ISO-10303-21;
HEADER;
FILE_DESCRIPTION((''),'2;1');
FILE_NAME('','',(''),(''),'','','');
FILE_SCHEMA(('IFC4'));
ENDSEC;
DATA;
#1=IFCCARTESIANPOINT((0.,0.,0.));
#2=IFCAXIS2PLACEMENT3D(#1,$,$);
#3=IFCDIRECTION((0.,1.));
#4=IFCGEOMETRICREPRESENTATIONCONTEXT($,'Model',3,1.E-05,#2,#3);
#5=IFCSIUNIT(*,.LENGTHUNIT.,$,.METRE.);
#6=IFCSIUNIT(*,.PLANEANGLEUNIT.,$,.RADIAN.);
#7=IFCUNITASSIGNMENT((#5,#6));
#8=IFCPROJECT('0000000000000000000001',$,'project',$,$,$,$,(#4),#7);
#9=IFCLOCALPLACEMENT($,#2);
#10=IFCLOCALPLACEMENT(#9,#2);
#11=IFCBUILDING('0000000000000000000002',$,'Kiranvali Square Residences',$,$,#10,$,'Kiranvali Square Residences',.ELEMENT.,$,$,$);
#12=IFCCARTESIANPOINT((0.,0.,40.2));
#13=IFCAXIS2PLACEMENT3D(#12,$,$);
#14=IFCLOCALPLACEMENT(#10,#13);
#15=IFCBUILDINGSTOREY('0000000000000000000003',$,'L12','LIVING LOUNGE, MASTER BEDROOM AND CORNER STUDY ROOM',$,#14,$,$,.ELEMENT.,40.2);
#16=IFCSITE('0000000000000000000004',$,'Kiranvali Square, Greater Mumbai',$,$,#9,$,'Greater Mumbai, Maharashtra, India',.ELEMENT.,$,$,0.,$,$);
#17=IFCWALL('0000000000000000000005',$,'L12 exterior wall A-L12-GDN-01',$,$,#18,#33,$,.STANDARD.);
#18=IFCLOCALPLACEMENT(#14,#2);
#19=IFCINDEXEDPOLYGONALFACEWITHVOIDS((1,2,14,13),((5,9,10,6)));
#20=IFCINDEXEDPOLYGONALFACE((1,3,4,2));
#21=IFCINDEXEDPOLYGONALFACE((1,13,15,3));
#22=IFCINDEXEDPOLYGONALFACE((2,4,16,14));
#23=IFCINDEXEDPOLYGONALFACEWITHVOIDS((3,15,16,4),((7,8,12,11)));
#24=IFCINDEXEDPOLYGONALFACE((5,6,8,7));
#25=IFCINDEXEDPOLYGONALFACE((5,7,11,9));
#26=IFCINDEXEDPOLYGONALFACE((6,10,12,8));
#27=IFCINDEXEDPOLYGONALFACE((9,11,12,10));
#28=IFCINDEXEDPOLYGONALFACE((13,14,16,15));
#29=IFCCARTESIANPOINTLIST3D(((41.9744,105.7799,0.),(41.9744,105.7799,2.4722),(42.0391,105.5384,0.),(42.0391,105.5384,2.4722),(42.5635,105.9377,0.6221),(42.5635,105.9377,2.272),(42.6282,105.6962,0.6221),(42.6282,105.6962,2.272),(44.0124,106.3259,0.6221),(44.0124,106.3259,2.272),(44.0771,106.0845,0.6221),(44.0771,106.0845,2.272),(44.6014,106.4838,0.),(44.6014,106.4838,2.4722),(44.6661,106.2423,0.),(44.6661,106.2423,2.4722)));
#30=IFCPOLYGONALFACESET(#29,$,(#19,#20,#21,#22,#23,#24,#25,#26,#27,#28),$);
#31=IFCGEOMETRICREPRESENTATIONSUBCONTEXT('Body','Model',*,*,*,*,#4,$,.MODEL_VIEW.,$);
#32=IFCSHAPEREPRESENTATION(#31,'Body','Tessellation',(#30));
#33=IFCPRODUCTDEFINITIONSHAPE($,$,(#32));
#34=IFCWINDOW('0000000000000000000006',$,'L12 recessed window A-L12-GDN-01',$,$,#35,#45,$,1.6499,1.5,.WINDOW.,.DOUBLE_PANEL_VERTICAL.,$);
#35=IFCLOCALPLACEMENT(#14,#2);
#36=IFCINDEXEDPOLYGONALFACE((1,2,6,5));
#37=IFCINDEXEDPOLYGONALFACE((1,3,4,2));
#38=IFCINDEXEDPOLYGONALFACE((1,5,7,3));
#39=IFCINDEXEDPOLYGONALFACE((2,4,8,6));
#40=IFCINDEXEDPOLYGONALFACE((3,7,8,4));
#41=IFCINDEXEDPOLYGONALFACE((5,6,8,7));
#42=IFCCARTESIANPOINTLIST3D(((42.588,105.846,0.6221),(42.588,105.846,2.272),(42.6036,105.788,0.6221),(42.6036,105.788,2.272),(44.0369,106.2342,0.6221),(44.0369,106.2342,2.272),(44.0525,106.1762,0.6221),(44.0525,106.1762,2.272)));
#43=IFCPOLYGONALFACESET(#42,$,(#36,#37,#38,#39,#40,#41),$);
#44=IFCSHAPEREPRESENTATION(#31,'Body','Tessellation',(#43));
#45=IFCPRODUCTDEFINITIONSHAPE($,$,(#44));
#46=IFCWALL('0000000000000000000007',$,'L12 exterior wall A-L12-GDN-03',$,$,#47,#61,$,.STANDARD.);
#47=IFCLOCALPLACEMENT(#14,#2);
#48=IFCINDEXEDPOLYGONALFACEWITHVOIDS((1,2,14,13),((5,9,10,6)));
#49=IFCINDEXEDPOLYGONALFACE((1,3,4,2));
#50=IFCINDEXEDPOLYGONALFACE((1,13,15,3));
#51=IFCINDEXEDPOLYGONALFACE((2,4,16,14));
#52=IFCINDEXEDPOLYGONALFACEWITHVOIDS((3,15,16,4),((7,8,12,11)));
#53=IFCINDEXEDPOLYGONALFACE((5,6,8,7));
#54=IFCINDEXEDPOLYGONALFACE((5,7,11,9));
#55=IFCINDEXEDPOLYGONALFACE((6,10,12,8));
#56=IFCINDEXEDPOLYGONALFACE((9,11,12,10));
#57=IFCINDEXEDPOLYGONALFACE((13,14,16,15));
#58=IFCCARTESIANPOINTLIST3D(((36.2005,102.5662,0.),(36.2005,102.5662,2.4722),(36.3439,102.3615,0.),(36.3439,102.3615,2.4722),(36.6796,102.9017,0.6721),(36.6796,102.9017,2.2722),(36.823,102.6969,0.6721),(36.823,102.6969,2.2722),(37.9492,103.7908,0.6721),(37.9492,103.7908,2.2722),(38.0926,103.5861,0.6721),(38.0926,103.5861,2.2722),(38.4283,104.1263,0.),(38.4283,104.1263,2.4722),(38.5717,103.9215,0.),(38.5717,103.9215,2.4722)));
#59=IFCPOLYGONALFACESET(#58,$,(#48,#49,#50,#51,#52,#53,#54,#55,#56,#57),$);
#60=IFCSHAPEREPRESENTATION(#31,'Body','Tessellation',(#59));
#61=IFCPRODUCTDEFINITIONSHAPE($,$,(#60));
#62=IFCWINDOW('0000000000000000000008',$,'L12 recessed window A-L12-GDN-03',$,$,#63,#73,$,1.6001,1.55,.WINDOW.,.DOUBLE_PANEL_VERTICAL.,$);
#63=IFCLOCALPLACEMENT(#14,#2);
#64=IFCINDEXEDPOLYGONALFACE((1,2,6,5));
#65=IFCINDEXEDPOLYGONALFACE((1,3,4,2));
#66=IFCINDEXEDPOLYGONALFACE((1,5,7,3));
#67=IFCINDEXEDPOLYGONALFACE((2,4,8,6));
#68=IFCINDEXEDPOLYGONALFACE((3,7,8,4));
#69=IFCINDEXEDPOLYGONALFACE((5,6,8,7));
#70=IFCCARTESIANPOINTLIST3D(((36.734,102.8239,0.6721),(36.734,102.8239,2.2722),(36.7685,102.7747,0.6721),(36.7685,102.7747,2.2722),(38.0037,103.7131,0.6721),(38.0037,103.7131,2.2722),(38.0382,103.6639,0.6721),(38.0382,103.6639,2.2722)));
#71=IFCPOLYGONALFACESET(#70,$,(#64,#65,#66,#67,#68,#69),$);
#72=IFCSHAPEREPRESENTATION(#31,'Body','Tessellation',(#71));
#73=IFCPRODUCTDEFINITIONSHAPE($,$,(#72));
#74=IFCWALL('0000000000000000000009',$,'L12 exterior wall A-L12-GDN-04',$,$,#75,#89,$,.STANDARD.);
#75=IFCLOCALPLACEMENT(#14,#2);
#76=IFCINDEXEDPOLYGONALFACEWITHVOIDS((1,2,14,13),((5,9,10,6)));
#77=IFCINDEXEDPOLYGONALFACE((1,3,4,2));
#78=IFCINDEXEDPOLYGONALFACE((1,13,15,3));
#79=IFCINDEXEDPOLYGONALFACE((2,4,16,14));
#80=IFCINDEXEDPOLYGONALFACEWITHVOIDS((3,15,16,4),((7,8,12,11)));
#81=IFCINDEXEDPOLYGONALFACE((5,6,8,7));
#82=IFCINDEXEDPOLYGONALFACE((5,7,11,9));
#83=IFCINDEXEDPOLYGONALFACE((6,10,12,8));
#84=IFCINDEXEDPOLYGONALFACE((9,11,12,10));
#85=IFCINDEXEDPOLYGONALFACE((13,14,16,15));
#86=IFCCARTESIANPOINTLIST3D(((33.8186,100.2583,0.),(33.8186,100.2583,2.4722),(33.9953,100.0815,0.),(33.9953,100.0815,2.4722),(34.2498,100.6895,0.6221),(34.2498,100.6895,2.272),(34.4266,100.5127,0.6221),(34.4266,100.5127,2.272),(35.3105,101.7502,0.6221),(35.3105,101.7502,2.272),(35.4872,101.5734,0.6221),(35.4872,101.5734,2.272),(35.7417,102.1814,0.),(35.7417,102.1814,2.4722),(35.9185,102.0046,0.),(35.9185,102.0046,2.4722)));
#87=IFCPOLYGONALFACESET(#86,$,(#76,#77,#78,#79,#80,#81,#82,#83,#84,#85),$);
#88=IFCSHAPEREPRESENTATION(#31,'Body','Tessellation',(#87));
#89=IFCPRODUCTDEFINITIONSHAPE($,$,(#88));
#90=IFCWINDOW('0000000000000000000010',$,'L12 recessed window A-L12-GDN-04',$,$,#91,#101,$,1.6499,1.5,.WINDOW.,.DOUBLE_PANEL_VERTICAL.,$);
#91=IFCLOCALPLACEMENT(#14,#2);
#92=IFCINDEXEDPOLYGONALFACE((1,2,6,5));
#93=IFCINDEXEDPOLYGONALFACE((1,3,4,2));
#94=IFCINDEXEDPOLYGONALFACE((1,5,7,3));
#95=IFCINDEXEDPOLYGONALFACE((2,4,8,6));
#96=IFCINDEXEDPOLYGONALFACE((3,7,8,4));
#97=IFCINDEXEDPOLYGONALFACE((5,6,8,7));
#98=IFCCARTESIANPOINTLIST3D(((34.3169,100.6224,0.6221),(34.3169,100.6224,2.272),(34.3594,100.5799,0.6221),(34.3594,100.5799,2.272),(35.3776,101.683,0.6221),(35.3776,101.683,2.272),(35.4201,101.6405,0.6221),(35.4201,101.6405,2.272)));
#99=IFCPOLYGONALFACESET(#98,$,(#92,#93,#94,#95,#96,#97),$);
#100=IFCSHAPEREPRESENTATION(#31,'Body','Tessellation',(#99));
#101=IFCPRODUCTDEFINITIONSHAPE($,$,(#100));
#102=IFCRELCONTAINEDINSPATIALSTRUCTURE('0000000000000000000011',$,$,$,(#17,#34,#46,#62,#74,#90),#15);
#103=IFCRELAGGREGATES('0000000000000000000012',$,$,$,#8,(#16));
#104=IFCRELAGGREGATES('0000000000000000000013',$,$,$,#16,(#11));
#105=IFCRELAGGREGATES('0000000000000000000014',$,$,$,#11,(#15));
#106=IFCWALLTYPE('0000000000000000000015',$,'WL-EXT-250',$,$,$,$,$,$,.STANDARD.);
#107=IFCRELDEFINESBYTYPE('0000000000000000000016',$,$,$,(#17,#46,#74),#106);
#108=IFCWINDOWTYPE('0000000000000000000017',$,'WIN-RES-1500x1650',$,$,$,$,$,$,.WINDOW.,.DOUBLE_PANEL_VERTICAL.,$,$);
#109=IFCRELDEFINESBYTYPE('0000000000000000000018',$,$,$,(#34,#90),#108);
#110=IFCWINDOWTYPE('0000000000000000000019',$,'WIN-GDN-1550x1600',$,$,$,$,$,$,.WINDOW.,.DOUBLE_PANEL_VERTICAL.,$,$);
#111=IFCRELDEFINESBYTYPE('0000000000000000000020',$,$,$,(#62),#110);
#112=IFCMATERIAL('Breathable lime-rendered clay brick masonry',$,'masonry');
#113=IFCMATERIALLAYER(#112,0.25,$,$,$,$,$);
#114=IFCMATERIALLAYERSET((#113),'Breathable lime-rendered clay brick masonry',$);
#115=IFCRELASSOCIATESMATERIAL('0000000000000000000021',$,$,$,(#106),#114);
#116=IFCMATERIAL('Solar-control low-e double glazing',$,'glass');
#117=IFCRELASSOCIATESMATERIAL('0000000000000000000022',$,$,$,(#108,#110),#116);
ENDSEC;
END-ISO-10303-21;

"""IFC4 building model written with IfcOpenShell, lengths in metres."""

from ifc_helpers import new_model, si_unit, direction, frame, frame_2d, origin, place, context, subcontext, project, spatial, rectangle, extrude, material, layer, layer_set, type_object, element, fill, save


model = new_model("IFC4")

# Units and contexts
model_context = context("Model", 3, precision=1e-05, world=origin(), true_north=direction((0.0, 1.0)))
body_context = subcontext(model_context, "Body", "Model", "MODEL_VIEW")
ifc_project = project(units=[si_unit("LENGTHUNIT", "METRE"), si_unit("PLANEANGLEUNIT", "RADIAN")], contexts=[model_context])

# Site, building, storey
site_placement = place(None, origin())
site = spatial("IfcSite", under=ifc_project, at=site_placement, Name="Kiranvali Square, Greater Mumbai", LongName="Greater Mumbai, Maharashtra, India", CompositionType="ELEMENT", RefElevation=0.0)
building_placement = place(site_placement, origin())
building = spatial("IfcBuilding", under=site, at=building_placement, Name="Kiranvali Square Residences", LongName="Kiranvali Square Residences", CompositionType="ELEMENT")
storey_placement = place(building_placement, frame((0.0, 0.0, 40.2)))
storey = spatial("IfcBuildingStorey", under=building, at=storey_placement, Name="L12", Description="LIVING LOUNGE, MASTER BEDROOM AND CORNER STUDY ROOM", CompositionType="ELEMENT", Elevation=40.2)

# Wall, opening, window
ifc_material_1 = material(Name="Breathable lime-rendered clay brick masonry", Category="masonry")
ifc_layer_1 = layer(ifc_material_1, 0.25)
ifc_layer_set_1 = layer_set([ifc_layer_1], Name="Breathable lime-rendered clay brick masonry")
wall_type_1 = type_object("IfcWallType", Name="WL-EXT-250", PredefinedType="STANDARD", material=ifc_layer_set_1)
wall_1_placement = place(storey_placement, frame((44.6338, 106.363, 0.0), z_axis=(0.0, 0.0, 1.0), x_axis=(-0.965929, -0.258808, 0.0)))
wall_1 = element("IfcWall", 1, at=wall_1_placement, inside=storey, type_object=wall_type_1, Name="L12 exterior wall A-L12-GDN-01", PredefinedType="STANDARD", context=body_context, shape_type="SweptSolid", body=[
    extrude(rectangle(XDim=2.7197, YDim=0.25, at=frame_2d((1.3599, 0.0))), origin(), (0.0, 0.0, 1.0), 2.4722),
])
opening_1_placement = place(wall_1_placement, frame((0.6099, 0.0, 0.6221)))
opening_1 = element("IfcOpeningElement", 2, at=opening_1_placement, cuts=wall_1, PredefinedType="OPENING", context=body_context, shape_type="SweptSolid", body=[
    extrude(rectangle(XDim=1.5, YDim=1.6499, at=frame_2d((0.75, 0.825))), frame((0.0, 0.135, 0.0), z_axis=(0.0, -1.0, 0.0), x_axis=(1.0, 0.0, 0.0)), (0.0, 0.0, 1.0), 0.27),
])
ifc_material_2 = material(Name="Solar-control low-e double glazing", Category="glass")
window_type_1 = type_object("IfcWindowType", Name="WIN-RES-1500x1650", PartitioningType="DOUBLE_PANEL_VERTICAL", PredefinedType="WINDOW", material=ifc_material_2)
window_1_placement = place(opening_1_placement, origin())
window_1 = element("IfcWindow", 3, at=window_1_placement, inside=storey, type_object=window_type_1, Name="L12 recessed window A-L12-GDN-01", OverallHeight=1.6499, OverallWidth=1.5, PartitioningType="DOUBLE_PANEL_VERTICAL", PredefinedType="WINDOW", context=body_context, shape_type="SweptSolid", body=[
    extrude(rectangle(XDim=1.5, YDim=1.6499, at=frame_2d((0.75, 0.825))), frame((0.0, 0.03, 0.0), z_axis=(0.0, -1.0, 0.0), x_axis=(1.0, 0.0, 0.0)), (0.0, 0.0, 1.0), 0.0601),
])
fill(opening_1, window_1)

# Walls, openings, windows
wall_2_placement = place(storey_placement, frame((38.5, 104.0239, 0.0), z_axis=(0.0, 0.0, 1.0), x_axis=(-0.819126, -0.573613, 0.0)))
wall_2 = element("IfcWall", 4, at=wall_2_placement, inside=storey, type_object=wall_type_1, Name="L12 exterior wall A-L12-GDN-03", PredefinedType="STANDARD", context=body_context, shape_type="SweptSolid", body=[
    extrude(rectangle(XDim=2.7197, YDim=0.25, at=frame_2d((1.3599, 0.0))), origin(), (0.0, 0.0, 1.0), 2.4722),
])
opening_2_placement = place(wall_2_placement, frame((0.585, 0.0, 0.6721)))
opening_2 = element("IfcOpeningElement", 5, at=opening_2_placement, cuts=wall_2, PredefinedType="OPENING", context=body_context, shape_type="SweptSolid", body=[
    extrude(rectangle(XDim=1.55, YDim=1.6001, at=frame_2d((0.7749, 0.8))), frame((0.0, 0.135, 0.0), z_axis=(0.0, -1.0, 0.0), x_axis=(1.0, 0.0, 0.0)), (0.0, 0.0, 1.0), 0.27),
])
window_type_2 = type_object("IfcWindowType", Name="WIN-GDN-1550x1600", PartitioningType="DOUBLE_PANEL_VERTICAL", PredefinedType="WINDOW", material=ifc_material_2)
window_2_placement = place(opening_2_placement, origin())
window_2 = element("IfcWindow", 6, at=window_2_placement, inside=storey, type_object=window_type_2, Name="L12 recessed window A-L12-GDN-03", OverallHeight=1.6001, OverallWidth=1.55, PartitioningType="DOUBLE_PANEL_VERTICAL", PredefinedType="WINDOW", context=body_context, shape_type="SweptSolid", body=[
    extrude(rectangle(XDim=1.55, YDim=1.6001, at=frame_2d((0.7749, 0.8))), frame((0.0, 0.03, 0.0), z_axis=(0.0, -1.0, 0.0), x_axis=(1.0, 0.0, 0.0)), (0.0, 0.0, 1.0), 0.0601),
])
fill(opening_2, window_2)
wall_3_placement = place(storey_placement, frame((35.8301, 102.093, 0.0), z_axis=(0.0, 0.0, 1.0), x_axis=(-0.707107, -0.707107, 0.0)))
wall_3 = element("IfcWall", 7, at=wall_3_placement, inside=storey, type_object=wall_type_1, Name="L12 exterior wall A-L12-GDN-04", PredefinedType="STANDARD", context=body_context, shape_type="SweptSolid", body=[
    extrude(rectangle(XDim=2.7197, YDim=0.25, at=frame_2d((1.3599, 0.0))), origin(), (0.0, 0.0, 1.0), 2.4722),
])
opening_3_placement = place(wall_3_placement, frame((0.6099, 0.0, 0.6221)))
opening_3 = element("IfcOpeningElement", 8, at=opening_3_placement, cuts=wall_3, PredefinedType="OPENING", context=body_context, shape_type="SweptSolid", body=[
    extrude(rectangle(XDim=1.5, YDim=1.6499, at=frame_2d((0.75, 0.825))), frame((0.0, 0.135, 0.0), z_axis=(0.0, -1.0, 0.0), x_axis=(1.0, 0.0, 0.0)), (0.0, 0.0, 1.0), 0.27),
])
window_3_placement = place(opening_3_placement, origin())
window_3 = element("IfcWindow", 9, at=window_3_placement, inside=storey, type_object=window_type_1, Name="L12 recessed window A-L12-GDN-04", OverallHeight=1.6499, OverallWidth=1.5, PartitioningType="DOUBLE_PANEL_VERTICAL", PredefinedType="WINDOW", context=body_context, shape_type="SweptSolid", body=[
    extrude(rectangle(XDim=1.5, YDim=1.6499, at=frame_2d((0.75, 0.825))), frame((0.0, 0.03, 0.0), z_axis=(0.0, -1.0, 0.0), x_axis=(1.0, 0.0, 0.0)), (0.0, 0.0, 1.0), 0.0601),
])
fill(opening_3, window_3)

save(model, "model.ifc")
